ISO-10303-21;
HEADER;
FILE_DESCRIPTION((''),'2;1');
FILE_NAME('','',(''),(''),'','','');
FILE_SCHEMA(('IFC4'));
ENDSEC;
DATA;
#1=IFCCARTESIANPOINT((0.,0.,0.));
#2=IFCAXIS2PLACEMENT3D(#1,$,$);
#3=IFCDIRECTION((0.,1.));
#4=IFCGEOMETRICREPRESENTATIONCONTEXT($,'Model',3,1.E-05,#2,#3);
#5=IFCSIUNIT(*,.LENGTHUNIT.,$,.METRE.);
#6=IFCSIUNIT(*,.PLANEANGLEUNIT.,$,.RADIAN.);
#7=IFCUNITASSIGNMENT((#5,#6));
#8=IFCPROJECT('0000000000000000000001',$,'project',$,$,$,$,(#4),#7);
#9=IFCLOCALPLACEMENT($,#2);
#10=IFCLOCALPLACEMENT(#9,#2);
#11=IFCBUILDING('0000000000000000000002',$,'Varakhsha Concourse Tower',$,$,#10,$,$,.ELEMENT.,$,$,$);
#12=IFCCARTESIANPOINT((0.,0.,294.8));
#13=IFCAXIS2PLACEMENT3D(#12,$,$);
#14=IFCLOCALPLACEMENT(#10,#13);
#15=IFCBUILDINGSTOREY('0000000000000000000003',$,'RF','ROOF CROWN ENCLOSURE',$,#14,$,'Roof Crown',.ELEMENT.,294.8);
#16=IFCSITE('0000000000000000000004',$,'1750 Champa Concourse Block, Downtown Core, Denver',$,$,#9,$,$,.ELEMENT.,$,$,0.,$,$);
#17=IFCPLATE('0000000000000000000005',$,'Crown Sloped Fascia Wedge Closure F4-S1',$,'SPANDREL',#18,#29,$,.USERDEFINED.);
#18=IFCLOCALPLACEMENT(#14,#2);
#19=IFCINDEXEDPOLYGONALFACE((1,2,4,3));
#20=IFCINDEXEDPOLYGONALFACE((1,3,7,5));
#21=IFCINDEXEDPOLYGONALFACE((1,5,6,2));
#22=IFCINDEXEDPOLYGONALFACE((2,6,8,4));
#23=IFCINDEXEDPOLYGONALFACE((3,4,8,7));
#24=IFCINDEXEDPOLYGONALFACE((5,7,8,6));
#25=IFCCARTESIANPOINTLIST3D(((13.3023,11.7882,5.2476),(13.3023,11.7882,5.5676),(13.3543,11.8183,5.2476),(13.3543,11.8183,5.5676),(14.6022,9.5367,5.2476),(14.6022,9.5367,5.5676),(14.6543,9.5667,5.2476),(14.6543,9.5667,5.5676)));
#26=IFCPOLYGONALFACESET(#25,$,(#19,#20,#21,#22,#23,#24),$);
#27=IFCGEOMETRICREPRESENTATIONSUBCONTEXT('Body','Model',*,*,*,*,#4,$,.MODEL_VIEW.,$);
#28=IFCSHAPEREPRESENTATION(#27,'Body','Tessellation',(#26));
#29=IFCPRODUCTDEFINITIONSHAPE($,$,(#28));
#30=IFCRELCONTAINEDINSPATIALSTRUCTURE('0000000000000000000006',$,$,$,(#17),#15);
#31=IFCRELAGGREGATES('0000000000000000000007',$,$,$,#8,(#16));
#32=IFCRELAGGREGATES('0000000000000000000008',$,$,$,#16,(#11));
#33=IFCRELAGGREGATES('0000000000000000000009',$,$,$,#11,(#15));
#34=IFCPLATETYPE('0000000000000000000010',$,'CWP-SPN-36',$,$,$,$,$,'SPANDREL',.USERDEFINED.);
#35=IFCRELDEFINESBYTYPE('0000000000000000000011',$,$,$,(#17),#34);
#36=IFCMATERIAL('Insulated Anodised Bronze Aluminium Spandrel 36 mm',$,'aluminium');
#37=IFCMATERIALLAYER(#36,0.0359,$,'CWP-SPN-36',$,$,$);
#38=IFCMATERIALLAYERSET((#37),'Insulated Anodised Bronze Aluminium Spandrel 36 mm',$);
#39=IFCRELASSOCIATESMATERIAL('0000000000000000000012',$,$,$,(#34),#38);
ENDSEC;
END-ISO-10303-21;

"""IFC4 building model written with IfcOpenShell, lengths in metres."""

from ifc_helpers import new_model, si_unit, direction, frame, origin, origin_2d, place, context, subcontext, project, spatial, rectangle, extrude, source, transform, mapped, material, layer, layer_set, type_object, element, save


model = new_model("IFC4")

# Units and contexts
model_context = context("Model", 3, precision=1e-05, world=origin(), true_north=direction((0.0, 1.0)))
body_context = subcontext(model_context, "Body", "Model", "MODEL_VIEW")
ifc_project = project(units=[si_unit("LENGTHUNIT", "METRE"), si_unit("PLANEANGLEUNIT", "RADIAN")], contexts=[model_context])

# Site, building, storey
site_placement = place(None, origin())
site = spatial("IfcSite", under=ifc_project, at=site_placement, Name="1750 Champa Concourse Block, Downtown Core, Denver", CompositionType="ELEMENT", RefElevation=0.0)
building_placement = place(site_placement, origin())
building = spatial("IfcBuilding", under=site, at=building_placement, Name="Varakhsha Concourse Tower", CompositionType="ELEMENT")
storey_placement = place(building_placement, frame((0.0, 0.0, 294.8)))
storey = spatial("IfcBuildingStorey", under=building, at=storey_placement, Name="RF", Description="ROOF CROWN ENCLOSURE", LongName="Roof Crown", CompositionType="ELEMENT", Elevation=294.8)

# Shared definitions
ifc_material_1 = material(Name="Insulated Anodised Bronze Aluminium Spandrel 36 mm", Category="aluminium")
ifc_layer_1 = layer(ifc_material_1, 0.0359, Name="CWP-SPN-36")
ifc_layer_set_1 = layer_set([ifc_layer_1], Name="Insulated Anodised Bronze Aluminium Spandrel 36 mm")
plate_type_1 = type_object("IfcPlateType", Name="CWP-SPN-36", ElementType="SPANDREL", PredefinedType="USERDEFINED", material=ifc_layer_set_1)

# Plate
shared_shape_1 = source(origin(), body_context, "Body", "SweptSolid", [
    extrude(rectangle(XDim=2.5999, YDim=0.0601, at=origin_2d()), origin(), (0.0, 0.0, 1.0), 0.3201),
])
plate_1_placement = place(storey_placement, frame((13.9783, 10.6775, 5.2476), z_axis=(0.0, 0.0, 1.0), x_axis=(-0.500015, 0.866017, 0.0)))
element("IfcPlate", 1, at=plate_1_placement, inside=storey, type_object=plate_type_1, Name="Crown Sloped Fascia Wedge Closure F4-S1", ObjectType="SPANDREL", PredefinedType="USERDEFINED", context=body_context, shape_type="MappedRepresentation", body=[
    mapped(shared_shape_1, transform((0.0, 0.0, 0.0), scale=1.0)),
])

save(model, "model.ifc")
